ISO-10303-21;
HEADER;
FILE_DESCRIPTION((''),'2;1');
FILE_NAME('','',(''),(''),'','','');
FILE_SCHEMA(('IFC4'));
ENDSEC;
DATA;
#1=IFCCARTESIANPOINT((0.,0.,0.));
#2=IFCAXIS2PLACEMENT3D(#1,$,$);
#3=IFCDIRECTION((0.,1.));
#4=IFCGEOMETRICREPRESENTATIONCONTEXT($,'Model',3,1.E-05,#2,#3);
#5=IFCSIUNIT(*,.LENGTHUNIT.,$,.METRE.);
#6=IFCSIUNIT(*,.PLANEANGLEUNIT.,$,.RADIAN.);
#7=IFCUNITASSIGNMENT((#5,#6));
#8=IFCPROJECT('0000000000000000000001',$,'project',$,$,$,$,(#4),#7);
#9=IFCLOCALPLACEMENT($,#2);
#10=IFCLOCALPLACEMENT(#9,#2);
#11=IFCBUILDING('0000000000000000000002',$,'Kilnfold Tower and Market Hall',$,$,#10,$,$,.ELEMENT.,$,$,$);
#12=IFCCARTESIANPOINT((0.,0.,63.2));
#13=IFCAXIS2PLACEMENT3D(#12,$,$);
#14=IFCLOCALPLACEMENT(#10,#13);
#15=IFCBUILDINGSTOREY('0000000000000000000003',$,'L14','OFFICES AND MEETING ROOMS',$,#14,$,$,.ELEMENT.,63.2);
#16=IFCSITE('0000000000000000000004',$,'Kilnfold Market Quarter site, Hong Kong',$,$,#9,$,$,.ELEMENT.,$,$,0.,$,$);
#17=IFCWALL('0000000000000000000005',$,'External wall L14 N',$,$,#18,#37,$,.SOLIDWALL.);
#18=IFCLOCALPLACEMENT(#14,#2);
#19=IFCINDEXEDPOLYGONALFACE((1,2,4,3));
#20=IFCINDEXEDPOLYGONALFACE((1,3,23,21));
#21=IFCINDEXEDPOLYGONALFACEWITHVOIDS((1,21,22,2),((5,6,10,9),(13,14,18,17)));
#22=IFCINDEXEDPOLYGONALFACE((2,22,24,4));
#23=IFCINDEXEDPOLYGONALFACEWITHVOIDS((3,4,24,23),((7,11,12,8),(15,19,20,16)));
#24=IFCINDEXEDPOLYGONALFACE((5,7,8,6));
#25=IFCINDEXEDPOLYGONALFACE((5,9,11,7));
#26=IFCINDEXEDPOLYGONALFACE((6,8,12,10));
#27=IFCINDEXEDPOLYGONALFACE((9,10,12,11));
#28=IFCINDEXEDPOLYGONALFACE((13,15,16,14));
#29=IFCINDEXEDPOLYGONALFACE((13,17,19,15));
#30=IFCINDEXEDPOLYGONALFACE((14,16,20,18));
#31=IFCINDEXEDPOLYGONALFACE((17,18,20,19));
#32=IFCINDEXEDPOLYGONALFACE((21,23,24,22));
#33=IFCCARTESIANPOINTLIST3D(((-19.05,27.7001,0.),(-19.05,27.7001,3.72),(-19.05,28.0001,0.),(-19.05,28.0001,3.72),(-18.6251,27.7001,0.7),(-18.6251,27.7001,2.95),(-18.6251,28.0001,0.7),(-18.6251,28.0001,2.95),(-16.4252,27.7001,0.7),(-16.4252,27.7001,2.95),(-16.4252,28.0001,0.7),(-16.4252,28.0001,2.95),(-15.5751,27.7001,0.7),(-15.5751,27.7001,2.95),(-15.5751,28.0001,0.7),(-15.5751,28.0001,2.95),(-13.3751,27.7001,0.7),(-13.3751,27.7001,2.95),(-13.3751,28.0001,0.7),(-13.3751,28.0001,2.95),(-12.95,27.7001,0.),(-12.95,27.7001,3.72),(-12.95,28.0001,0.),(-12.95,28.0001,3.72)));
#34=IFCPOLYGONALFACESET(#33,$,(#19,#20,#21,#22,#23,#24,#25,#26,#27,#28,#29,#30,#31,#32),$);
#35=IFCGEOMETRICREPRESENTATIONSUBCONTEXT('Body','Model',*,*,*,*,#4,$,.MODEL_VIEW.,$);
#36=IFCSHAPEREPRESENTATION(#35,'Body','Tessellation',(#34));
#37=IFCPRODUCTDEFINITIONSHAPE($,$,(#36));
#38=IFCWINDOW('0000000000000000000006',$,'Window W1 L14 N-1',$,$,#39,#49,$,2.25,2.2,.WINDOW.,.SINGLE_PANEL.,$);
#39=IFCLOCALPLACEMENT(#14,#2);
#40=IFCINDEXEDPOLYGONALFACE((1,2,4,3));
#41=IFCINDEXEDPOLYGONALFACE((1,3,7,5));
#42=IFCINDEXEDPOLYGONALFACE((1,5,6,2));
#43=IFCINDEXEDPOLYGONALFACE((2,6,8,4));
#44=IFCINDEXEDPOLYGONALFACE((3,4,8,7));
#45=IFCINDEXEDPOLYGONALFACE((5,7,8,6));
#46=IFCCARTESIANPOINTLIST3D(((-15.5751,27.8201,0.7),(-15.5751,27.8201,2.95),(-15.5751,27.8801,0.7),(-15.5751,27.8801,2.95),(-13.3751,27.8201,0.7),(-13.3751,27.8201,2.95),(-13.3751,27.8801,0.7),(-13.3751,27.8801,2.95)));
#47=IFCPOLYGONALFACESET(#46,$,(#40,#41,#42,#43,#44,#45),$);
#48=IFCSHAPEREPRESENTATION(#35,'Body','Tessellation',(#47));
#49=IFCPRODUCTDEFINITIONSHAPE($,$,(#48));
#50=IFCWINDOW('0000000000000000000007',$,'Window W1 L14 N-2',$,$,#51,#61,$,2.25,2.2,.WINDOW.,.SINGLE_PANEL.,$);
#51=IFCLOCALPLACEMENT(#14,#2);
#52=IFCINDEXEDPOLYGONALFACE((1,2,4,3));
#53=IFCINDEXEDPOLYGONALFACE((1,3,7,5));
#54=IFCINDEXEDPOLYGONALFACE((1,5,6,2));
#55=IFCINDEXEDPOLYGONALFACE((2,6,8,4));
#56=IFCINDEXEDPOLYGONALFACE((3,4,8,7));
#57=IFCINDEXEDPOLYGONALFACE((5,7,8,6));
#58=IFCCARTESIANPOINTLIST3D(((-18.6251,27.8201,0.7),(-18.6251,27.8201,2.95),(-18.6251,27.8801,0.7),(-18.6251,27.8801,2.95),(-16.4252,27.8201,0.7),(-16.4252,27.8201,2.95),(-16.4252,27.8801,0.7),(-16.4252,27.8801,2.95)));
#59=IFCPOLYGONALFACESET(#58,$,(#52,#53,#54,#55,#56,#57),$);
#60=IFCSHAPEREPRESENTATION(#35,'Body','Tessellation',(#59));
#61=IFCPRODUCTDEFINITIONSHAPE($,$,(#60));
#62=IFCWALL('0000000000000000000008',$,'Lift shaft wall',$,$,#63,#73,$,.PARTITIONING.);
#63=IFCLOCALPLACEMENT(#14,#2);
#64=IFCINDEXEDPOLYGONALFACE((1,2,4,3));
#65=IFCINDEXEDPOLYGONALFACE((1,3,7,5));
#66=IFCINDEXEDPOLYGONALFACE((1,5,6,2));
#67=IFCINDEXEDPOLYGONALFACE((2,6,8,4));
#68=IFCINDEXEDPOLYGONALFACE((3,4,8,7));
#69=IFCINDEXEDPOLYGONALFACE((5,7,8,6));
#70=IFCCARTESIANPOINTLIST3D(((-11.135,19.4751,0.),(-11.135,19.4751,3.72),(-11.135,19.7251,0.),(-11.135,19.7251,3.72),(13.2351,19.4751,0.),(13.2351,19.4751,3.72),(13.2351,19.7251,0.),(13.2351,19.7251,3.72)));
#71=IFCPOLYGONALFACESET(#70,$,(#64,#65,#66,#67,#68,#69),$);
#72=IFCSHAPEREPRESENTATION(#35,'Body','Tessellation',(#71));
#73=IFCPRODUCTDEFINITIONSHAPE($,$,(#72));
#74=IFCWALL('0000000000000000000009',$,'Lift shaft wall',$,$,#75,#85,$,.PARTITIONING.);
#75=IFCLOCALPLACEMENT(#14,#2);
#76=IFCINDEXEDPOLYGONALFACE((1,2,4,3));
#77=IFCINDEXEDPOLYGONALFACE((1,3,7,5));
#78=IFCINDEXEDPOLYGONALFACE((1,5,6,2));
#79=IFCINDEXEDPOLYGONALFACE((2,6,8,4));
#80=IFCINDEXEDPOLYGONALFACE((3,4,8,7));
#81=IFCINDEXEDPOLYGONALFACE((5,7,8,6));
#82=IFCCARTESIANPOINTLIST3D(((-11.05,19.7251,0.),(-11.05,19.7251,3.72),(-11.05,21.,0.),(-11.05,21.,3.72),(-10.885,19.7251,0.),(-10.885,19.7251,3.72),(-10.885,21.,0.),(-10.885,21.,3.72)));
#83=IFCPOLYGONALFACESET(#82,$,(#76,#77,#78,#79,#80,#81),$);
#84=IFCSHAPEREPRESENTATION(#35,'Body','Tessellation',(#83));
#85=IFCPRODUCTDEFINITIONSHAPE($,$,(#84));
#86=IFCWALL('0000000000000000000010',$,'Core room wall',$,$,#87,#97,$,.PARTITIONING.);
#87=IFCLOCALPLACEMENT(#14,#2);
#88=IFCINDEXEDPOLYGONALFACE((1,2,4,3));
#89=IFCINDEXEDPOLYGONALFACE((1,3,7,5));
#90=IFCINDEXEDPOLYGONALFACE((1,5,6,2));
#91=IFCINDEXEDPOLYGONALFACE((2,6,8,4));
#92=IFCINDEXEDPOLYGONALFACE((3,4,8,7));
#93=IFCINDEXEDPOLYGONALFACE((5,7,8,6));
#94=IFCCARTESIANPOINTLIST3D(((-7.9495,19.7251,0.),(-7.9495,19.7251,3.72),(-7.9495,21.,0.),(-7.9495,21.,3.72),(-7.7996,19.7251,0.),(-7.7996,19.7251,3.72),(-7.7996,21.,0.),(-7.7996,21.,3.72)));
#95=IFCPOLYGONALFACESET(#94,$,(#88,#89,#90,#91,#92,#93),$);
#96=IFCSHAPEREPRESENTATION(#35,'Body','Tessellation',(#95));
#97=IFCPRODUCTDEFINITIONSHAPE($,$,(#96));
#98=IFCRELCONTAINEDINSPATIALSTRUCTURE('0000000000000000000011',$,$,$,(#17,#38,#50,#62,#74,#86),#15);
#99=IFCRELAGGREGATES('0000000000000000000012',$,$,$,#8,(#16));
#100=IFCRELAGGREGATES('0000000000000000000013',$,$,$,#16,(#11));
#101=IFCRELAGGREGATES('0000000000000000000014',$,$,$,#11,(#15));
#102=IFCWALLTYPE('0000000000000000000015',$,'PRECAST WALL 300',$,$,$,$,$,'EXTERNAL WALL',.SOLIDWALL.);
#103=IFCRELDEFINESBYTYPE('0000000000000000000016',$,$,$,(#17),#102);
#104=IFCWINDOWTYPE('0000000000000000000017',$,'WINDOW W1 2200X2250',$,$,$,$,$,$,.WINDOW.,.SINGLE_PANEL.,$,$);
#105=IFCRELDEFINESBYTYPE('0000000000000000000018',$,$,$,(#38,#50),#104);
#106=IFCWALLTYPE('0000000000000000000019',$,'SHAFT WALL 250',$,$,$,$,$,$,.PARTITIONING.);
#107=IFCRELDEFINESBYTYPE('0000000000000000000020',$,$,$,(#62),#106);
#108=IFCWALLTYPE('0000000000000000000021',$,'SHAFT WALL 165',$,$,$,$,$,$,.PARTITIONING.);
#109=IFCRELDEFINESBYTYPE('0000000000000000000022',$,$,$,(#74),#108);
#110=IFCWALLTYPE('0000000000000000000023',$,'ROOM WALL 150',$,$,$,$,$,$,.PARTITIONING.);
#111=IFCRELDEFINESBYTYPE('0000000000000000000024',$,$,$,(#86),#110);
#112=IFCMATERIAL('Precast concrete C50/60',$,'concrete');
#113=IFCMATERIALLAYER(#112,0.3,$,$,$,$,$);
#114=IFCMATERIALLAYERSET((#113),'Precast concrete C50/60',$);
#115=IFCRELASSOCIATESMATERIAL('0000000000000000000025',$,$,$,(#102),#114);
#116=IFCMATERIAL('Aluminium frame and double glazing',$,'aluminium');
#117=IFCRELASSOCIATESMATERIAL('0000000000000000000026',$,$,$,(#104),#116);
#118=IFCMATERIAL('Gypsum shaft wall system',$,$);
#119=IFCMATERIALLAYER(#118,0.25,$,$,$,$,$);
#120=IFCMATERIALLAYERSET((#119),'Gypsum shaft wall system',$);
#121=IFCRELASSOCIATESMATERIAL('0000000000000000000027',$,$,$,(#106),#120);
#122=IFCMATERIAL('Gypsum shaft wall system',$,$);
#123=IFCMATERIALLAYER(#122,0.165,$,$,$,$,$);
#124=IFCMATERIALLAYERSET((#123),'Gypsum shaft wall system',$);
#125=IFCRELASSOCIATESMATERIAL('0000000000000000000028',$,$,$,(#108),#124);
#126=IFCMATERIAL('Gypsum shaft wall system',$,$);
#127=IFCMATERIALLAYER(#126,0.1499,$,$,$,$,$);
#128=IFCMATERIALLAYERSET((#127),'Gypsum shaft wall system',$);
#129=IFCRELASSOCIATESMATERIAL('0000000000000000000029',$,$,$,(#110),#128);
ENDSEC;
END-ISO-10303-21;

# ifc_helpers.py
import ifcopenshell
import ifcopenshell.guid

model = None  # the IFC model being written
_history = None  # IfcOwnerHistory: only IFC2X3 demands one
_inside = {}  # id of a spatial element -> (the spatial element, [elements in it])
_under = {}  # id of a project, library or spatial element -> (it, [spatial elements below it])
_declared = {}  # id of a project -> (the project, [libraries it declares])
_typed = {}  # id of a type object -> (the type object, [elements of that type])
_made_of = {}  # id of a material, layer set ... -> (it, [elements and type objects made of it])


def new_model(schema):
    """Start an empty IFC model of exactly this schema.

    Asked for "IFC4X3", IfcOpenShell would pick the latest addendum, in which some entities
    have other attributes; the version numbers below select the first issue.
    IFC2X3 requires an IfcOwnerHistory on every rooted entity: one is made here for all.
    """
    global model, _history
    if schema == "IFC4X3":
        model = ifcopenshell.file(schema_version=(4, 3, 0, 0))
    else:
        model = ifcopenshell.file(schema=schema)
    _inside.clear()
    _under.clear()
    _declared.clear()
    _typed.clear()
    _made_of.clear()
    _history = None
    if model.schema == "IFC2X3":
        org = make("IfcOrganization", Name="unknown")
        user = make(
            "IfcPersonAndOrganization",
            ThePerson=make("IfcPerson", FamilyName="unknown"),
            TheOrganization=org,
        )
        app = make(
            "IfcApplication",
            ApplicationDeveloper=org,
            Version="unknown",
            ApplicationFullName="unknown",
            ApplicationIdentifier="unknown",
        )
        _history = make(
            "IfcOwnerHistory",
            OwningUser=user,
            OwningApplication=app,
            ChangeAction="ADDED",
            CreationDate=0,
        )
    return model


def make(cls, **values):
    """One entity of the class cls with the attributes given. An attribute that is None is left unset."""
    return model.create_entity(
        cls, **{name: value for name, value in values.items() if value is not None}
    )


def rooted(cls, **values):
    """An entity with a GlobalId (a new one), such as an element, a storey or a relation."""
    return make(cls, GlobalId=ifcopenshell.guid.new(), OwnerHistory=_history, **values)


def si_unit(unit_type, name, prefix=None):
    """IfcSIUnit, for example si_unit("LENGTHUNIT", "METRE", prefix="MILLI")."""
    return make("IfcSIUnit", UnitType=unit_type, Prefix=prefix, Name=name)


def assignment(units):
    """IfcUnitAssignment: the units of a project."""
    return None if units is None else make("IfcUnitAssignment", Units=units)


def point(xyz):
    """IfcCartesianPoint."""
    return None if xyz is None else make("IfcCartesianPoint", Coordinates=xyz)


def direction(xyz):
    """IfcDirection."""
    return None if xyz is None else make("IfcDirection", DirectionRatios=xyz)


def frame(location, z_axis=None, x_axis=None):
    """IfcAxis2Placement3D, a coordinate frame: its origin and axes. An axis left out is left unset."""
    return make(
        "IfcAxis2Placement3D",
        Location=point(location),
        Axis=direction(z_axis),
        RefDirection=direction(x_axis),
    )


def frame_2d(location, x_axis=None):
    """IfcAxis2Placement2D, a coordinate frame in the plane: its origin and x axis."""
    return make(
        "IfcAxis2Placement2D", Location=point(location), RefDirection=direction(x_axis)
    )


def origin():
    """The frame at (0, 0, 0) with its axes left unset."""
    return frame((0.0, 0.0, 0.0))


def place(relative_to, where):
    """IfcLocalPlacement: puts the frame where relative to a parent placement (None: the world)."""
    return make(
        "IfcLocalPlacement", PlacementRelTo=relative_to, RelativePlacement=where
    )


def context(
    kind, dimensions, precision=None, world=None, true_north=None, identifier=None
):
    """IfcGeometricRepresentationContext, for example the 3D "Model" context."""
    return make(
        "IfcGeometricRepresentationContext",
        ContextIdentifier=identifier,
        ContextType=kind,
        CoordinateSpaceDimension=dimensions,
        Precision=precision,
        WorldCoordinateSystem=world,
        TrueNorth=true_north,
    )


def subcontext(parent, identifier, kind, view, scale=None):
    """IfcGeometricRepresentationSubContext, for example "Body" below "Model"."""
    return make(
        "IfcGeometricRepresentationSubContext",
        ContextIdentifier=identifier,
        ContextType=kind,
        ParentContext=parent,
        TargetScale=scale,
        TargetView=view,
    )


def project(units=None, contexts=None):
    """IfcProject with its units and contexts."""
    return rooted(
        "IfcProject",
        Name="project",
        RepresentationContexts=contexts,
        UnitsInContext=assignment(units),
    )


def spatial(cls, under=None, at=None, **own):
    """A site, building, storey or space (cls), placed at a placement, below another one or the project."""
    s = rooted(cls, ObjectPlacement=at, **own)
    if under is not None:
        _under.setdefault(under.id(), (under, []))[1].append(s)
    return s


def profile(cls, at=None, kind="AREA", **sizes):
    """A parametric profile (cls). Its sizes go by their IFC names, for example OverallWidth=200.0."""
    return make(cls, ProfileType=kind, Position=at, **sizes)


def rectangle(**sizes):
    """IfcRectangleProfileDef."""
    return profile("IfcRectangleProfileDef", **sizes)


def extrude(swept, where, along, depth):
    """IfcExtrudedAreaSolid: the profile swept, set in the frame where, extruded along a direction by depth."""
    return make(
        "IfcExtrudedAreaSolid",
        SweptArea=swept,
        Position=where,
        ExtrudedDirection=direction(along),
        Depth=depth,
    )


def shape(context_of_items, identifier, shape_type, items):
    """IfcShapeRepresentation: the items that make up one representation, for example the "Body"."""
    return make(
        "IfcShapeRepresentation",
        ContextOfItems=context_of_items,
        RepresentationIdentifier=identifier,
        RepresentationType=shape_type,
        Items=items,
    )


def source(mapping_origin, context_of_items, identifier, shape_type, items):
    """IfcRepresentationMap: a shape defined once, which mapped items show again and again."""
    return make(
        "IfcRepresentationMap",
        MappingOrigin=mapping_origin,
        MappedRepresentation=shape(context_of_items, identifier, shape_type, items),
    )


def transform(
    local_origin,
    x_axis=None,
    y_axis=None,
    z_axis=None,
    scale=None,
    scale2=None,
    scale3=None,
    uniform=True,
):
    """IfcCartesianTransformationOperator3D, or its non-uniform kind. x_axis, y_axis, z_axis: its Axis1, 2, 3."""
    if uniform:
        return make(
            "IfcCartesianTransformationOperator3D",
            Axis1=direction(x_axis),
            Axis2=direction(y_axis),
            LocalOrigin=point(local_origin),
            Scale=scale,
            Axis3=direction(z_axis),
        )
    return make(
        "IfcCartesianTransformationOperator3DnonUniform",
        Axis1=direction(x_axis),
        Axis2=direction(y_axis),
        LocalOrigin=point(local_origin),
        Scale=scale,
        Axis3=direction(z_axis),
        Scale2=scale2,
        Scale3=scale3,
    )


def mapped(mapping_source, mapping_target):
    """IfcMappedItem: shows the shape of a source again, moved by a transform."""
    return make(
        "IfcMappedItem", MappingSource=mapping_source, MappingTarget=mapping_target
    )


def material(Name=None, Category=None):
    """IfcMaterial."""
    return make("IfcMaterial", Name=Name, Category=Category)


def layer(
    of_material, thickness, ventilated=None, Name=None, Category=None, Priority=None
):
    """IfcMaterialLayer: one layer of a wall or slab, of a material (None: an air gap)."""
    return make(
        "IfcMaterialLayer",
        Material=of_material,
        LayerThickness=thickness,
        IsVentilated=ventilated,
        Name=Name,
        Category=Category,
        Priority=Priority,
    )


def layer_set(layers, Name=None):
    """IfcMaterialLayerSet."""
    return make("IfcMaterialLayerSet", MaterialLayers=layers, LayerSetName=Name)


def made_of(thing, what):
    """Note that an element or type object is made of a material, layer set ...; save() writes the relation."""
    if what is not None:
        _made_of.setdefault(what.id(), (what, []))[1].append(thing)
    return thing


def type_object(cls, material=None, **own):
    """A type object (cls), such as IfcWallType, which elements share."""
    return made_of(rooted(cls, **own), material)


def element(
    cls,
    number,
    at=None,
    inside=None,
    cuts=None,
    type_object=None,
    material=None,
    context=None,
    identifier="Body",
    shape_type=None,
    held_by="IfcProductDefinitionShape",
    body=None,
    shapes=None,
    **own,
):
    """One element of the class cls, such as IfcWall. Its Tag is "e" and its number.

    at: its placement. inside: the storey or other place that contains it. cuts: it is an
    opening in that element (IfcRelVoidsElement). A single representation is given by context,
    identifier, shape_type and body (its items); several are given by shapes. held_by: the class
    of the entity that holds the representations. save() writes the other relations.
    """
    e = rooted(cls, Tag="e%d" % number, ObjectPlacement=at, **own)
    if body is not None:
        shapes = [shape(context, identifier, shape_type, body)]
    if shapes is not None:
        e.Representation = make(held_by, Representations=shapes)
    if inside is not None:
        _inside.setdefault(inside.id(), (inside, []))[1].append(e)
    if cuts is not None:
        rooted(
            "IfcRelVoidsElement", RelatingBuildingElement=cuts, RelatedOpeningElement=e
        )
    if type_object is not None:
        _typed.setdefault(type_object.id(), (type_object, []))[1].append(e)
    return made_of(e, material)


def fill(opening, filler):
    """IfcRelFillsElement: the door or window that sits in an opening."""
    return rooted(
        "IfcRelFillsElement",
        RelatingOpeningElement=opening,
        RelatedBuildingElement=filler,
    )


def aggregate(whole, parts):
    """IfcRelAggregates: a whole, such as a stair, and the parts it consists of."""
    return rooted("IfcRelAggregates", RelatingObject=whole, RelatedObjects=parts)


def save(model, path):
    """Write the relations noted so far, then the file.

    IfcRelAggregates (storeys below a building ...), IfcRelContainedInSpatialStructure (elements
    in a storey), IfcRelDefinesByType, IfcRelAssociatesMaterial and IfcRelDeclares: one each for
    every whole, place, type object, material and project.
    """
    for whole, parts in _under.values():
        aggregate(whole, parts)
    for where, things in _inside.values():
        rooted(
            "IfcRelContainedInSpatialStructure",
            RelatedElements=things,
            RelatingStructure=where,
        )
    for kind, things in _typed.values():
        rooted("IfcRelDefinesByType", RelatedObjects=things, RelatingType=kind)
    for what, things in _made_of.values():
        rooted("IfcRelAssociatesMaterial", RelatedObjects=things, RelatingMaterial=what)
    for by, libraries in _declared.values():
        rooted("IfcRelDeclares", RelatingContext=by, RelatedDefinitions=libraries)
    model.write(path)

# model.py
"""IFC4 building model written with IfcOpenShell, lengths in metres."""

from ifc_helpers import new_model, si_unit, direction, frame, frame_2d, origin, place, context, subcontext, project, spatial, rectangle, extrude, source, transform, mapped, material, layer, layer_set, type_object, element, fill, save


model = new_model("IFC4")

# Units and contexts
model_context = context("Model", 3, precision=1e-05, world=origin(), true_north=direction((0.0, 1.0)))
body_context = subcontext(model_context, "Body", "Model", "MODEL_VIEW")
ifc_project = project(units=[si_unit("LENGTHUNIT", "METRE"), si_unit("PLANEANGLEUNIT", "RADIAN")], contexts=[model_context])

# Site, building, storey
site_placement = place(None, origin())
site = spatial("IfcSite", under=ifc_project, at=site_placement, Name="Kilnfold Market Quarter site, Hong Kong", CompositionType="ELEMENT", RefElevation=0.0)
building_placement = place(site_placement, origin())
building = spatial("IfcBuilding", under=site, at=building_placement, Name="Kilnfold Tower and Market Hall", CompositionType="ELEMENT")
storey_placement = place(building_placement, frame((0.0, 0.0, 63.2)))
storey = spatial("IfcBuildingStorey", under=building, at=storey_placement, Name="L14", Description="OFFICES AND MEETING ROOMS", CompositionType="ELEMENT", Elevation=63.2)

# Wall, openings, windows
ifc_material_1 = material(Name="Precast concrete C50/60", Category="concrete")
ifc_layer_1 = layer(ifc_material_1, 0.3)
ifc_layer_set_1 = layer_set([ifc_layer_1], Name="Precast concrete C50/60")
wall_type_1 = type_object("IfcWallType", Name="PRECAST WALL 300", ElementType="EXTERNAL WALL", PredefinedType="SOLIDWALL", material=ifc_layer_set_1)
shared_shape_1 = source(origin(), body_context, "Body", "SweptSolid", [
    extrude(rectangle(XDim=6.1001, YDim=0.3, at=frame_2d((3.05, 0.0))), origin(), (0.0, 0.0, 1.0), 3.72),
])
wall_1_placement = place(storey_placement, frame((-12.95, 27.8501, 0.0), z_axis=(0.0, 0.0, 1.0), x_axis=(-1.0, 0.0, 0.0)))
wall_1 = element("IfcWall", 1, at=wall_1_placement, inside=storey, type_object=wall_type_1, Name="External wall L14 N", PredefinedType="SOLIDWALL", context=body_context, shape_type="MappedRepresentation", body=[
    mapped(shared_shape_1, transform((0.0, 0.0, 0.0))),
])
opening_1_placement = place(wall_1_placement, frame((0.425, 0.0, 0.7)))
opening_1 = element("IfcOpeningElement", 2, at=opening_1_placement, cuts=wall_1, PredefinedType="OPENING", context=body_context, shape_type="SweptSolid", body=[
    extrude(rectangle(XDim=2.2, YDim=2.25, at=frame_2d((1.1001, 1.125))), frame((0.0, 0.1602, 0.0), z_axis=(0.0, -1.0, 0.0), x_axis=(1.0, 0.0, 0.0)), (0.0, 0.0, 1.0), 0.3201),
])
opening_2_placement = place(wall_1_placement, frame((3.4751, 0.0, 0.7)))
opening_2 = element("IfcOpeningElement", 3, at=opening_2_placement, cuts=wall_1, PredefinedType="OPENING", context=body_context, shape_type="SweptSolid", body=[
    extrude(rectangle(XDim=2.2, YDim=2.25, at=frame_2d((1.1001, 1.125))), frame((0.0, 0.1602, 0.0), z_axis=(0.0, -1.0, 0.0), x_axis=(1.0, 0.0, 0.0)), (0.0, 0.0, 1.0), 0.3201),
])
ifc_material_2 = material(Name="Aluminium frame and double glazing", Category="aluminium")
window_type = type_object("IfcWindowType", Name="WINDOW W1 2200X2250", PartitioningType="SINGLE_PANEL", PredefinedType="WINDOW", material=ifc_material_2)
window_1_placement = place(opening_1_placement, origin())
window_1 = element("IfcWindow", 4, at=window_1_placement, inside=storey, type_object=window_type, Name="Window W1 L14 N-1", OverallHeight=2.25, OverallWidth=2.2, PartitioningType="SINGLE_PANEL", PredefinedType="WINDOW", context=body_context, shape_type="SweptSolid", body=[
    extrude(rectangle(XDim=2.2, YDim=2.25, at=frame_2d((1.1001, 1.125))), frame((0.0, 0.03, 0.0), z_axis=(0.0, -1.0, 0.0), x_axis=(1.0, 0.0, 0.0)), (0.0, 0.0, 1.0), 0.0601),
])
fill(opening_1, window_1)
window_2_placement = place(opening_2_placement, origin())
window_2 = element("IfcWindow", 5, at=window_2_placement, inside=storey, type_object=window_type, Name="Window W1 L14 N-2", OverallHeight=2.25, OverallWidth=2.2, PartitioningType="SINGLE_PANEL", PredefinedType="WINDOW", context=body_context, shape_type="SweptSolid", body=[
    extrude(rectangle(XDim=2.2, YDim=2.25, at=frame_2d((1.1001, 1.125))), frame((0.0, 0.03, 0.0), z_axis=(0.0, -1.0, 0.0), x_axis=(1.0, 0.0, 0.0)), (0.0, 0.0, 1.0), 0.0601),
])
fill(opening_2, window_2)

# Walls
ifc_material_3 = material(Name="Gypsum shaft wall system")
ifc_layer_2 = layer(ifc_material_3, 0.25)
ifc_layer_set_2 = layer_set([ifc_layer_2], Name="Gypsum shaft wall system")
wall_type_2 = type_object("IfcWallType", Name="SHAFT WALL 250", PredefinedType="PARTITIONING", material=ifc_layer_set_2)
shared_shape_2 = source(origin(), body_context, "Body", "SweptSolid", [
    extrude(rectangle(XDim=24.3701, YDim=0.25, at=frame_2d((12.1851, 0.0))), origin(), (0.0, 0.0, 1.0), 3.72),
])
wall_2_placement = place(storey_placement, frame((-11.135, 19.6001, 0.0), z_axis=(0.0, 0.0, 1.0), x_axis=(1.0, 0.0, 0.0)))
element("IfcWall", 6, at=wall_2_placement, inside=storey, type_object=wall_type_2, Name="Lift shaft wall", PredefinedType="PARTITIONING", context=body_context, shape_type="MappedRepresentation", body=[
    mapped(shared_shape_2, transform((0.0, 0.0, 0.0))),
])
ifc_material_4 = material(Name="Gypsum shaft wall system")
ifc_layer_3 = layer(ifc_material_4, 0.165)
ifc_layer_set_3 = layer_set([ifc_layer_3], Name="Gypsum shaft wall system")
wall_type_3 = type_object("IfcWallType", Name="SHAFT WALL 165", PredefinedType="PARTITIONING", material=ifc_layer_set_3)
shared_shape_3 = source(origin(), body_context, "Body", "SweptSolid", [
    extrude(rectangle(XDim=1.2749, YDim=0.165, at=frame_2d((0.6375, 0.0))), origin(), (0.0, 0.0, 1.0), 3.72),
])
wall_3_placement = place(storey_placement, frame((-10.9675, 19.7251, 0.0), z_axis=(0.0, 0.0, 1.0), x_axis=(0.0, 1.0, 0.0)))
element("IfcWall", 7, at=wall_3_placement, inside=storey, type_object=wall_type_3, Name="Lift shaft wall", PredefinedType="PARTITIONING", context=body_context, shape_type="MappedRepresentation", body=[
    mapped(shared_shape_3, transform((0.0, 0.0, 0.0))),
])
ifc_material_5 = material(Name="Gypsum shaft wall system")
ifc_layer_4 = layer(ifc_material_5, 0.1499)
ifc_layer_set_4 = layer_set([ifc_layer_4], Name="Gypsum shaft wall system")
wall_type_4 = type_object("IfcWallType", Name="ROOM WALL 150", PredefinedType="PARTITIONING", material=ifc_layer_set_4)
shared_shape_4 = source(origin(), body_context, "Body", "SweptSolid", [
    extrude(rectangle(XDim=1.2749, YDim=0.1499, at=frame_2d((0.6375, 0.0))), origin(), (0.0, 0.0, 1.0), 3.72),
])
wall_4_placement = place(storey_placement, frame((-7.8745, 19.7251, 0.0), z_axis=(0.0, 0.0, 1.0), x_axis=(0.0, 1.0, 0.0)))
element("IfcWall", 8, at=wall_4_placement, inside=storey, type_object=wall_type_4, Name="Core room wall", PredefinedType="PARTITIONING", context=body_context, shape_type="MappedRepresentation", body=[
    mapped(shared_shape_4, transform((0.0, 0.0, 0.0))),
])

save(model, "model.ifc")
